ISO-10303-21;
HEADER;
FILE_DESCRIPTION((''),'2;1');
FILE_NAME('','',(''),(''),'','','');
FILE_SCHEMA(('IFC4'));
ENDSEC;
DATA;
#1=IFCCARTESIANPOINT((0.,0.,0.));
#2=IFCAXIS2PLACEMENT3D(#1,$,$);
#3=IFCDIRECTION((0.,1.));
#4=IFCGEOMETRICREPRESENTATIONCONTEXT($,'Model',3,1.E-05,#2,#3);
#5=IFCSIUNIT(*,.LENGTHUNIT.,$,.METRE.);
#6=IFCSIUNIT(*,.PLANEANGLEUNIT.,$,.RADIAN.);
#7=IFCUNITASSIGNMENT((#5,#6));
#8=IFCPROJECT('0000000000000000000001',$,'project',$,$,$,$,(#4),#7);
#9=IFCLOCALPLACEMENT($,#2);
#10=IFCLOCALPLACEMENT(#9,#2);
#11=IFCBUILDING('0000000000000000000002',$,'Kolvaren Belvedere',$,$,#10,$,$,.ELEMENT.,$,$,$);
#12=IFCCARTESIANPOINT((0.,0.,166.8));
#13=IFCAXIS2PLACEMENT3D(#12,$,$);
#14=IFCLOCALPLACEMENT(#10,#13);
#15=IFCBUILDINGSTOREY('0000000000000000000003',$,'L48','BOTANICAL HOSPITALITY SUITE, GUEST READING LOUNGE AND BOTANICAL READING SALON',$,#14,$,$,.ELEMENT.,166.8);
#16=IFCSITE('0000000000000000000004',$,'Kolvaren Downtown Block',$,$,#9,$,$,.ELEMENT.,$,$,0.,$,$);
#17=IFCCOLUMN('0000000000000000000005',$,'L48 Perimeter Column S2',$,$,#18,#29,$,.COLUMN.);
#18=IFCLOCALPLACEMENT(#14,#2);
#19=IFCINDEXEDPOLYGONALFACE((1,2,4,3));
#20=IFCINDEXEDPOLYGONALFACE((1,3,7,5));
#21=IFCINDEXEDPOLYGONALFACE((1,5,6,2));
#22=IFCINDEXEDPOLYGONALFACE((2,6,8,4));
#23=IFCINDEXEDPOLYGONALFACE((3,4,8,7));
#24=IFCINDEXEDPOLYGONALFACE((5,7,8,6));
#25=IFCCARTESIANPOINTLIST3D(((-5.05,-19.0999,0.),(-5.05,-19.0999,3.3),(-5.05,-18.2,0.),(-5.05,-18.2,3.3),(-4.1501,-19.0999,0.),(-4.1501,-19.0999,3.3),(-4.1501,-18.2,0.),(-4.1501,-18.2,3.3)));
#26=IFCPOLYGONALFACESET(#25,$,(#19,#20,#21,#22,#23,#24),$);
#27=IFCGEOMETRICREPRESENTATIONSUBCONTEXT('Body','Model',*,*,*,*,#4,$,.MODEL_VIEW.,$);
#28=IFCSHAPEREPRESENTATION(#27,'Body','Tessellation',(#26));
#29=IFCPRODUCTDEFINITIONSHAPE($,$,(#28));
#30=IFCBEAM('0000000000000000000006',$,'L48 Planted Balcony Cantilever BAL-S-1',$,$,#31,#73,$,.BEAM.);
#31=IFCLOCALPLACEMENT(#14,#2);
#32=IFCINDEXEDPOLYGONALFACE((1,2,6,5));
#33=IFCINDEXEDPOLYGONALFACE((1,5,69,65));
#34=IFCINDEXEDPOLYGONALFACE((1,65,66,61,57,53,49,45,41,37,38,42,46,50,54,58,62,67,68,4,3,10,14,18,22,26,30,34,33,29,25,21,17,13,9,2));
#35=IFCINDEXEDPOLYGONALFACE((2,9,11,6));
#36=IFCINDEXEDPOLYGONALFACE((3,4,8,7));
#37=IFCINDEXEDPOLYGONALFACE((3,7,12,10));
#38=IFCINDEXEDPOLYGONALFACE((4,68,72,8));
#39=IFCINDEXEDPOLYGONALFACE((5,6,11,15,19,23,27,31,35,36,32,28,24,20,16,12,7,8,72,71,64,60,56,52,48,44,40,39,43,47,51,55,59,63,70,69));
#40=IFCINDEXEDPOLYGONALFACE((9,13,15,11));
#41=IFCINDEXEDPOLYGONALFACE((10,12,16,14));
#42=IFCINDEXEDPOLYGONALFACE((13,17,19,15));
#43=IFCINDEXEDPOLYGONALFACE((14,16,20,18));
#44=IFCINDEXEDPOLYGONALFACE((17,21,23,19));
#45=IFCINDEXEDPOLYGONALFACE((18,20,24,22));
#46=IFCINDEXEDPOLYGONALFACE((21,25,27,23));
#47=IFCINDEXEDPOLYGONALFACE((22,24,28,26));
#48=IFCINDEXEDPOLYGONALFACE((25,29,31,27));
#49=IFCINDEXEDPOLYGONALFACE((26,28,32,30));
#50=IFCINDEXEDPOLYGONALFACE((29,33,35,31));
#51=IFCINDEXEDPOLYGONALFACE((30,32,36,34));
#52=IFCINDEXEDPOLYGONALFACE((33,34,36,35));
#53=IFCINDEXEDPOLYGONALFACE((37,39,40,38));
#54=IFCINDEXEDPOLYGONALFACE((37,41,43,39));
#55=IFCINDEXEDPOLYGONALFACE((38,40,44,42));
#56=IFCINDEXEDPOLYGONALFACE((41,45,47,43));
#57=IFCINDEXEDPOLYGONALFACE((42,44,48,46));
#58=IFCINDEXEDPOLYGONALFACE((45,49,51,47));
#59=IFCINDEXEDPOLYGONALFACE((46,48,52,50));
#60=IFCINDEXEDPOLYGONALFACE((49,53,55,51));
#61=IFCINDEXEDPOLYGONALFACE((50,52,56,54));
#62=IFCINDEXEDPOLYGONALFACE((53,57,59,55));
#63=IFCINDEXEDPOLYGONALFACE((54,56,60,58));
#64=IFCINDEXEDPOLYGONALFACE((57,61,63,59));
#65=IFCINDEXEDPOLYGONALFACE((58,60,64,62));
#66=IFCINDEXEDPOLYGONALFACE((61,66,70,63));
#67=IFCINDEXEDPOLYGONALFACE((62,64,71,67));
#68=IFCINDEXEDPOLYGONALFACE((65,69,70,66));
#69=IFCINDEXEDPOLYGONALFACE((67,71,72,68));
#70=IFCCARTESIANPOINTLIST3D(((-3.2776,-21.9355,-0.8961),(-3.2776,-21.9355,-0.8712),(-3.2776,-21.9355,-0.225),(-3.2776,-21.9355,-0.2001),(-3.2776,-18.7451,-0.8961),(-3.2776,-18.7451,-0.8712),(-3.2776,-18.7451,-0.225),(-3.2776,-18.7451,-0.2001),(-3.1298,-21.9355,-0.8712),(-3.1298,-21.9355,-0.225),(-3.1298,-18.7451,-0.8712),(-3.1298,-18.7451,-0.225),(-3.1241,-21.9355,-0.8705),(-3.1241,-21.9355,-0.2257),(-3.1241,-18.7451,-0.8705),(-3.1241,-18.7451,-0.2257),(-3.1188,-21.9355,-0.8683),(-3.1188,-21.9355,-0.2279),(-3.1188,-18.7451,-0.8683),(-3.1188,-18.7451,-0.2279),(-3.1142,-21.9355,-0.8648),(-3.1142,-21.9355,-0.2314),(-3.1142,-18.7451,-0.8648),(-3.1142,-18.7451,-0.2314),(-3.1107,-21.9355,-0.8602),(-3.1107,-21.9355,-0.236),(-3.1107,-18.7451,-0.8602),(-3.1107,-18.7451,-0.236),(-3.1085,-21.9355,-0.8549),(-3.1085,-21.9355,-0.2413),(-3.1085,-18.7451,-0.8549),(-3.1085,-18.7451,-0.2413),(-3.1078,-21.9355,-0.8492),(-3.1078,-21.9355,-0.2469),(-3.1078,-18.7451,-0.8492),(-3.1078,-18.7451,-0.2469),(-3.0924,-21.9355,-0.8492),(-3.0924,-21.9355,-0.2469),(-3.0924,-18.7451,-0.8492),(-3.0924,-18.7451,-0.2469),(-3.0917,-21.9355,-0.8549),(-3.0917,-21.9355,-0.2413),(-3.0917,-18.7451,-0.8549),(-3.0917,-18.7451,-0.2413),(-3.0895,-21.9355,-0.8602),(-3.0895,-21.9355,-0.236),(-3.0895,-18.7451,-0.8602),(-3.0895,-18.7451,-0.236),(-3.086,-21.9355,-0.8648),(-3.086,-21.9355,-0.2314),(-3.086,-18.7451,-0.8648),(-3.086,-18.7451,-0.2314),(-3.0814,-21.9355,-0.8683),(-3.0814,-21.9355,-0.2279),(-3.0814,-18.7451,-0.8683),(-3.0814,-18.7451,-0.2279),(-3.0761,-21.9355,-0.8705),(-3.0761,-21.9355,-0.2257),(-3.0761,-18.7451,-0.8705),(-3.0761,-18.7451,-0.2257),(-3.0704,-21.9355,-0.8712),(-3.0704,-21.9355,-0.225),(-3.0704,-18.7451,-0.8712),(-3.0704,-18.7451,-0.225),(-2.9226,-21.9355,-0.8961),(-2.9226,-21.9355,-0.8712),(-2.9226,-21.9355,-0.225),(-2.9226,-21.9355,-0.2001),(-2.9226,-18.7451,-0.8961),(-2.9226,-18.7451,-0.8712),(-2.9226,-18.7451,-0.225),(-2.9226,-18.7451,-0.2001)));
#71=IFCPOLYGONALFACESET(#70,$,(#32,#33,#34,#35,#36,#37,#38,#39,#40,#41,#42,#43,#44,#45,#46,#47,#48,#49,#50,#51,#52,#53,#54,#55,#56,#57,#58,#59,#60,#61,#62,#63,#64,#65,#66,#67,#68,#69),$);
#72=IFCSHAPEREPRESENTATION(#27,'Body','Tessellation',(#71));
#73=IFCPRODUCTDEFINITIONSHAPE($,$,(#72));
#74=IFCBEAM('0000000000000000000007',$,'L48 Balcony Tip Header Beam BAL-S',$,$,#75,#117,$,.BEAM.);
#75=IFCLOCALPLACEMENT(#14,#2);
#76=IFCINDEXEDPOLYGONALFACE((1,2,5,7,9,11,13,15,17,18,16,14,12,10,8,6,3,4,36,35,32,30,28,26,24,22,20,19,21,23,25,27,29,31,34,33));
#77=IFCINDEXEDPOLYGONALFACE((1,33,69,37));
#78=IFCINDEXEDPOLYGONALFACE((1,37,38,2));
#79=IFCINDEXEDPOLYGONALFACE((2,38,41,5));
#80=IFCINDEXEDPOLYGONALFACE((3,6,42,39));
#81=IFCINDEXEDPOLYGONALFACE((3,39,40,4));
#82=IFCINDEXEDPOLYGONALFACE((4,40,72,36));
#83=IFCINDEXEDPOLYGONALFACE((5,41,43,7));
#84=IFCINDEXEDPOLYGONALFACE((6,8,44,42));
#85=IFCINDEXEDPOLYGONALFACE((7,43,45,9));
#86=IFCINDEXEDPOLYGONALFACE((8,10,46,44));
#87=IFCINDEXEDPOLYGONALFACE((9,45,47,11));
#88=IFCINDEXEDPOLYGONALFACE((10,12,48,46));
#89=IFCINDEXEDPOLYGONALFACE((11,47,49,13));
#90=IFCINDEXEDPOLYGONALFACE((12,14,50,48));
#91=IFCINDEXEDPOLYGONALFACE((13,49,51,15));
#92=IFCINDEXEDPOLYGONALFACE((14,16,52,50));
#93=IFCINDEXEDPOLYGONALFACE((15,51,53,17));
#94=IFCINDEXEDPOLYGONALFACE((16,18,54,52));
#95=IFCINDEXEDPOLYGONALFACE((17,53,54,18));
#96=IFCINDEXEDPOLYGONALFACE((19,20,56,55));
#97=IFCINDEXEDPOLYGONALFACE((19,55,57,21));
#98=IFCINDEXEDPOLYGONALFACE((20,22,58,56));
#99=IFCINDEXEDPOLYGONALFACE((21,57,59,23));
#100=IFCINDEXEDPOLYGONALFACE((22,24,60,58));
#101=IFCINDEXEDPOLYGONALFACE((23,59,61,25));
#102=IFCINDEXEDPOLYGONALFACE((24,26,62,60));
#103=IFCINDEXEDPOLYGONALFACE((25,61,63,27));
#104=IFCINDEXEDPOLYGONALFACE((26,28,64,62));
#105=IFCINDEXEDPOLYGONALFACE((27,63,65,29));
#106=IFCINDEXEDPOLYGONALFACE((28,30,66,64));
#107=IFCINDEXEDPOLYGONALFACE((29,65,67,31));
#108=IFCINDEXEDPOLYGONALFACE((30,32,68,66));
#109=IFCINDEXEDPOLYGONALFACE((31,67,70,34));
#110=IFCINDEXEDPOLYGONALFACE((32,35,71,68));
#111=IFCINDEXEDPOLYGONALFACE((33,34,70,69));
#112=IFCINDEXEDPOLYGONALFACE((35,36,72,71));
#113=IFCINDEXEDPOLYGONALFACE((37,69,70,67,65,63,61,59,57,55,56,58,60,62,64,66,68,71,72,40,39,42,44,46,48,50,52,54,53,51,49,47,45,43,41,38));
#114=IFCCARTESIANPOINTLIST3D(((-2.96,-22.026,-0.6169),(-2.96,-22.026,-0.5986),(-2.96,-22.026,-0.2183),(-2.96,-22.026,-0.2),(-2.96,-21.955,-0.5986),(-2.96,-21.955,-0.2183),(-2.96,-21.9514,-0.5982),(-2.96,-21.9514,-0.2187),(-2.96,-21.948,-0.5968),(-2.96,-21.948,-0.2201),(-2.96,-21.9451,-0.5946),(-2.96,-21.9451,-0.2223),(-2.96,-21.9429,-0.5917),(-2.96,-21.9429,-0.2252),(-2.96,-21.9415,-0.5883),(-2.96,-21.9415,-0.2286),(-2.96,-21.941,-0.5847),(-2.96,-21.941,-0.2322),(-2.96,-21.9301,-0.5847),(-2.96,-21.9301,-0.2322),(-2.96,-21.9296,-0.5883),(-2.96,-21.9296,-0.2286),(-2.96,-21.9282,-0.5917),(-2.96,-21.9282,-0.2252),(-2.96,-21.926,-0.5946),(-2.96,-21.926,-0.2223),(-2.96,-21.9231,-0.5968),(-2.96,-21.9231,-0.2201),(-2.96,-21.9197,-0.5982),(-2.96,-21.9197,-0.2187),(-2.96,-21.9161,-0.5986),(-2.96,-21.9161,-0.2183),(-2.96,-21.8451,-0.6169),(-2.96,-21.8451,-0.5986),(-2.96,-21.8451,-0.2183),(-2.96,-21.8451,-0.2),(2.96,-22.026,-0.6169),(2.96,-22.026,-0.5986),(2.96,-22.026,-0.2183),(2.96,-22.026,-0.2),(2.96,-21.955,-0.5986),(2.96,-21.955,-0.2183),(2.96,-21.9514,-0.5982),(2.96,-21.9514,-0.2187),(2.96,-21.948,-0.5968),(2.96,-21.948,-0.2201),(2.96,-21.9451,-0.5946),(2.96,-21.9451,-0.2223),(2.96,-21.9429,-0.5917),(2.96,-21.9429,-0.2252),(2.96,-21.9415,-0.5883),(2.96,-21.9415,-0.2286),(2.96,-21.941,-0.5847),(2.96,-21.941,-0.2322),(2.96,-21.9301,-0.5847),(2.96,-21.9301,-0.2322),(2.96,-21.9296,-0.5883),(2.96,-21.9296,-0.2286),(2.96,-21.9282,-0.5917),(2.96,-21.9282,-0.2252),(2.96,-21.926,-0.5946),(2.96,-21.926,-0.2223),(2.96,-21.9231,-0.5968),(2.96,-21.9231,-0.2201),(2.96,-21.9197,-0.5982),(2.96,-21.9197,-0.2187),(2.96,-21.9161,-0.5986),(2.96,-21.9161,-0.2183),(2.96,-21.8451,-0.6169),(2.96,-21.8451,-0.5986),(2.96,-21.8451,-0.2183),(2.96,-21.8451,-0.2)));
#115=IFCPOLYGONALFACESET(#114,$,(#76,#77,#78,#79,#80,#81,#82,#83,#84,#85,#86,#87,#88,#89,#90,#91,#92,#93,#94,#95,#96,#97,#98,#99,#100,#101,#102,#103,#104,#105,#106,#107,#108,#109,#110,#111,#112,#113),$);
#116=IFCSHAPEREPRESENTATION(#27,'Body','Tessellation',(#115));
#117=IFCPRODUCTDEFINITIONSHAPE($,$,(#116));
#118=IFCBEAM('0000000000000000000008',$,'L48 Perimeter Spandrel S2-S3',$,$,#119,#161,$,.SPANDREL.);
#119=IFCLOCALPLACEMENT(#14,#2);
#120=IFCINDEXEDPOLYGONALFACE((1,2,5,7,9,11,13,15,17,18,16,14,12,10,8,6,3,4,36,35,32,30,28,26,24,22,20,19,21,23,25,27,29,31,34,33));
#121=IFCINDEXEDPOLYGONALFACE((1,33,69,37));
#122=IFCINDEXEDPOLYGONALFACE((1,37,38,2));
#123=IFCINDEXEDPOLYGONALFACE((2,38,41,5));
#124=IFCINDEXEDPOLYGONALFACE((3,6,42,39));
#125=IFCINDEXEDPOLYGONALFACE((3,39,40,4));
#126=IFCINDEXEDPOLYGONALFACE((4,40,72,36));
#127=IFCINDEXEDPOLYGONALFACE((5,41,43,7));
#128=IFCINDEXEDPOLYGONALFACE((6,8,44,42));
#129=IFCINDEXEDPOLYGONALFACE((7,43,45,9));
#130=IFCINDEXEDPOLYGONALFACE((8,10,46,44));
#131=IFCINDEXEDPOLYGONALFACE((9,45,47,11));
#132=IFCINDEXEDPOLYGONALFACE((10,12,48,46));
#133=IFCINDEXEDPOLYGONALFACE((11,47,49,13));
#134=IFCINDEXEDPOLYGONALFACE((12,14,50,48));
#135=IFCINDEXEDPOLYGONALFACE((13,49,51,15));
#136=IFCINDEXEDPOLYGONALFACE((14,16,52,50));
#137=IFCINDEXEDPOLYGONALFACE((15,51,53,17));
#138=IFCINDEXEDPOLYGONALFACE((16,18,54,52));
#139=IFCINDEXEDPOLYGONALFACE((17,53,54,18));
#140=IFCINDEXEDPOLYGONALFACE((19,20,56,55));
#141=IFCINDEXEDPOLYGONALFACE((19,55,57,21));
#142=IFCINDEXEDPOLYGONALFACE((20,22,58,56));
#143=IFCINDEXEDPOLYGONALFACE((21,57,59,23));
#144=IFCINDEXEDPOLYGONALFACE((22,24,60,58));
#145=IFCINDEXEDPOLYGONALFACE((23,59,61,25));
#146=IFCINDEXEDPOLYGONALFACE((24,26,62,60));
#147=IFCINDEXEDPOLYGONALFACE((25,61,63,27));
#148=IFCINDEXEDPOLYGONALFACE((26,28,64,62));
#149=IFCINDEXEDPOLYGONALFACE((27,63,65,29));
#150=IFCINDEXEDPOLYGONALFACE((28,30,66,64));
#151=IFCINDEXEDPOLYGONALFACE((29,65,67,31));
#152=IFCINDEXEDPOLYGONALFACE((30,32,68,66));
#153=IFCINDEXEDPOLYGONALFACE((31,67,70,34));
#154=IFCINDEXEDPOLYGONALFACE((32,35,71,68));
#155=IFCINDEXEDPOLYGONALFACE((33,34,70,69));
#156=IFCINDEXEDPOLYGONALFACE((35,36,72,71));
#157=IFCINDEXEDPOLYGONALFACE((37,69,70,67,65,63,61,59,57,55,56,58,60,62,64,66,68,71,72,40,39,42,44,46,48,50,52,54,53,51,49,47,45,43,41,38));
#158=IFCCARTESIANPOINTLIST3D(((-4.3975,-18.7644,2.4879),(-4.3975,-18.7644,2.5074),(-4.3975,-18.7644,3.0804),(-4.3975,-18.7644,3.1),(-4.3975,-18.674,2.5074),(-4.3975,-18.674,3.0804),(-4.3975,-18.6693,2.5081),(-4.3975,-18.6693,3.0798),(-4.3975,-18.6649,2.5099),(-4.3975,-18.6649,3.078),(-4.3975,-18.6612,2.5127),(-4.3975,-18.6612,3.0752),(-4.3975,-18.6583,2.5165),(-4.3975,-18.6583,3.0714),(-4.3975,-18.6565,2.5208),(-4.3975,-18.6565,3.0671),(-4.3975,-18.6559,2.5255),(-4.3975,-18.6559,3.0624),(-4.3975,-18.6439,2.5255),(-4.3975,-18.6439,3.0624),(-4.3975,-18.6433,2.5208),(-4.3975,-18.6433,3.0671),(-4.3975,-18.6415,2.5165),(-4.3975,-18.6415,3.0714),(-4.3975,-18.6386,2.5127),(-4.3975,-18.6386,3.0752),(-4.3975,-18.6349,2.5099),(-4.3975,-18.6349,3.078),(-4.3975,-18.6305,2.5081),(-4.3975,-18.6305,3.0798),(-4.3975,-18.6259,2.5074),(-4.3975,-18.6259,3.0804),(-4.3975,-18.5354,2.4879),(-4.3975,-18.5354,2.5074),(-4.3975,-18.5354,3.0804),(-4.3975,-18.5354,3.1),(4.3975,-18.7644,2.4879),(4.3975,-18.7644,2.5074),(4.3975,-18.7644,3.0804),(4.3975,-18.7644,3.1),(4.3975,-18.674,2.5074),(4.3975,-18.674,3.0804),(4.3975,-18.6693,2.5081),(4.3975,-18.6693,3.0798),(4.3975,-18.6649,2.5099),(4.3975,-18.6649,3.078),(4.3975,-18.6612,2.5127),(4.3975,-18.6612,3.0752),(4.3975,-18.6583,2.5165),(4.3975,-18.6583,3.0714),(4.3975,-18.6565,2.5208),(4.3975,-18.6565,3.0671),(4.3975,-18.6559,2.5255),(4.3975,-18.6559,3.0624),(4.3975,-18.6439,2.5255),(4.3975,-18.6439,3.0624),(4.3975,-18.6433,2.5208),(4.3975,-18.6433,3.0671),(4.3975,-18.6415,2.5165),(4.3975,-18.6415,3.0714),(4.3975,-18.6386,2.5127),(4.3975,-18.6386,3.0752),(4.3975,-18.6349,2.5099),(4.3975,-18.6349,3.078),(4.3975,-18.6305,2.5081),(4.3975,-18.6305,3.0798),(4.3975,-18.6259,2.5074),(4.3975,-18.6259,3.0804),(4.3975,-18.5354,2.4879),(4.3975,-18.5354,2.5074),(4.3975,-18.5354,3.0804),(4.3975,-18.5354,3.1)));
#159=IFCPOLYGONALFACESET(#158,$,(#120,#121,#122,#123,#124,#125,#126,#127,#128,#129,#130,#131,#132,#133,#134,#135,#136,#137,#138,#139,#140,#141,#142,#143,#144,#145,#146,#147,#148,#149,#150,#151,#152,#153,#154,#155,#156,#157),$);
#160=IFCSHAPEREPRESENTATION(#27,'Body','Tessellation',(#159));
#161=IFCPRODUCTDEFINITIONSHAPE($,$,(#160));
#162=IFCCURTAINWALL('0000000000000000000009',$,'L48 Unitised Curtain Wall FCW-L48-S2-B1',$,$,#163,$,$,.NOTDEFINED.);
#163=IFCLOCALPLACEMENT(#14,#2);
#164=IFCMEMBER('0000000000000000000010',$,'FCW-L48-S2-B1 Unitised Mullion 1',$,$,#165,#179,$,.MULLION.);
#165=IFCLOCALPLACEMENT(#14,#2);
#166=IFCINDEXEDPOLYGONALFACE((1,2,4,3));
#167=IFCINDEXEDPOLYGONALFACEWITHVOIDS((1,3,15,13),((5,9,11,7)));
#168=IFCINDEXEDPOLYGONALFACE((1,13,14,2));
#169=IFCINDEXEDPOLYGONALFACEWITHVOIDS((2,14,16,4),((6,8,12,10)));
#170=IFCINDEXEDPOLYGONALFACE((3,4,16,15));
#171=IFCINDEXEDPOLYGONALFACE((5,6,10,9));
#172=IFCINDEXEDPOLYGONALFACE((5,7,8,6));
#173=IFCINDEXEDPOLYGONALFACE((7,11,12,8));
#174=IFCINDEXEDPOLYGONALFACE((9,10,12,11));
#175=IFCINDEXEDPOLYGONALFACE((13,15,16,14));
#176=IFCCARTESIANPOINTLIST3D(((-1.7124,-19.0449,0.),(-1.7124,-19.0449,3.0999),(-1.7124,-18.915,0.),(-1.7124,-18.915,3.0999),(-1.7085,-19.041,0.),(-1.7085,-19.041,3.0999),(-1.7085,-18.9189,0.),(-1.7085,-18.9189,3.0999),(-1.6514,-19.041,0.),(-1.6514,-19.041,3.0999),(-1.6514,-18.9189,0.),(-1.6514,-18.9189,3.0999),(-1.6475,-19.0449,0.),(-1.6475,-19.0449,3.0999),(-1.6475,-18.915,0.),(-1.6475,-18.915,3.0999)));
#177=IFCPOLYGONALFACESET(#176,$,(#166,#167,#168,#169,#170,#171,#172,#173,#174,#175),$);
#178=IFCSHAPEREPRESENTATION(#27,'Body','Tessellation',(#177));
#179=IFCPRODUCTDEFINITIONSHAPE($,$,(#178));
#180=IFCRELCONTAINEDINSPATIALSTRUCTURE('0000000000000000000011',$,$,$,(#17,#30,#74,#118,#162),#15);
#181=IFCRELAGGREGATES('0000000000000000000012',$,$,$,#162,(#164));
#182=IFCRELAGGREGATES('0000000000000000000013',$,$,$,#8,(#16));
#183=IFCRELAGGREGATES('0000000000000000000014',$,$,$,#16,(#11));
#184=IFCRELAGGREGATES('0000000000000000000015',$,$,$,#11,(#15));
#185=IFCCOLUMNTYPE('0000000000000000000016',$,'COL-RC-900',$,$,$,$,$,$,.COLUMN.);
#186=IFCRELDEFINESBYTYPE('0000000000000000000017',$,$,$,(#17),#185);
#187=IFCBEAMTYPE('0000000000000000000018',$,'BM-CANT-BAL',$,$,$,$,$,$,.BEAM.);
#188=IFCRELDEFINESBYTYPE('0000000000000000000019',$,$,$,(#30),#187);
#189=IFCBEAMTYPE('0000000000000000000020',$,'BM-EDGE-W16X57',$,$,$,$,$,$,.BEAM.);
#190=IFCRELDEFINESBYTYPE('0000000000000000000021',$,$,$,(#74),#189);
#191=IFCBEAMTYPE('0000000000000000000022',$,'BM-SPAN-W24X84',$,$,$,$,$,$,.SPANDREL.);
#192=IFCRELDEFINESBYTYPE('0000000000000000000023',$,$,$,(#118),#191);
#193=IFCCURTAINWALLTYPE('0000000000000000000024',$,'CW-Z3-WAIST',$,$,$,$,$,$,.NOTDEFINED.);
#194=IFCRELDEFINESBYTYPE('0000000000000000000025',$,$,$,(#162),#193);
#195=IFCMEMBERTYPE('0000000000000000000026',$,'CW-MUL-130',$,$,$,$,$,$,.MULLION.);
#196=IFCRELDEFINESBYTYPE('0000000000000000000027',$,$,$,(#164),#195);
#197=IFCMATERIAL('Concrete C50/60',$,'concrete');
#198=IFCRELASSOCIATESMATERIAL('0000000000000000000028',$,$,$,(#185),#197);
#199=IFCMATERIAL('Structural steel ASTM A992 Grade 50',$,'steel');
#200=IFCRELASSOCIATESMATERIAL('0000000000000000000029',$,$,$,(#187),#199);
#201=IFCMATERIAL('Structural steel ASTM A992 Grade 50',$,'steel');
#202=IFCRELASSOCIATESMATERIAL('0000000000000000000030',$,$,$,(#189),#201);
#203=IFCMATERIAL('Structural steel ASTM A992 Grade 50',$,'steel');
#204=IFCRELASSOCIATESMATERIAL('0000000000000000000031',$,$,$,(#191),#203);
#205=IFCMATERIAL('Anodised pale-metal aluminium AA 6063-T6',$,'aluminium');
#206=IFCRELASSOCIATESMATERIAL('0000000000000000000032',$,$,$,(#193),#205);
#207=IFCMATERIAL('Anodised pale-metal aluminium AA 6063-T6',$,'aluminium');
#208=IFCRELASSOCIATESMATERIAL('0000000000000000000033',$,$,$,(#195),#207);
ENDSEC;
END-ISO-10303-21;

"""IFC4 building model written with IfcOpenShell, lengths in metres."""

from ifc_helpers import new_model, si_unit, direction, frame, origin, origin_2d, place, context, subcontext, project, spatial, rectangle, hollow_rectangle, i_section, extrude, material, material_profile, profile_set, type_object, element, aggregate, save


model = new_model("IFC4")

# Units and contexts
model_context = context("Model", 3, precision=1e-05, world=origin(), true_north=direction((0.0, 1.0)))
body_context = subcontext(model_context, "Body", "Model", "MODEL_VIEW")
ifc_project = project(units=[si_unit("LENGTHUNIT", "METRE"), si_unit("PLANEANGLEUNIT", "RADIAN")], contexts=[model_context])

# Site, building, storey
site_placement = place(None, origin())
site = spatial("IfcSite", under=ifc_project, at=site_placement, Name="Kolvaren Downtown Block", CompositionType="ELEMENT", RefElevation=0.0)
building_placement = place(site_placement, origin())
building = spatial("IfcBuilding", under=site, at=building_placement, Name="Kolvaren Belvedere", CompositionType="ELEMENT")
storey_placement = place(building_placement, frame((0.0, 0.0, 166.8)))
storey = spatial("IfcBuildingStorey", under=building, at=storey_placement, Name="L48", Description="BOTANICAL HOSPITALITY SUITE, GUEST READING LOUNGE AND BOTANICAL READING SALON", CompositionType="ELEMENT", Elevation=166.8)

# Column
ifc_material_1 = material(Name="Concrete C50/60", Category="concrete")
ifc_material_profile_1 = material_profile(ifc_material_1, rectangle(XDim=0.8999, YDim=0.8999, at=origin_2d()), Name="RC 900X900")
ifc_profile_set_1 = profile_set([ifc_material_profile_1], Name="Concrete C50/60")
column_type = type_object("IfcColumnType", Name="COL-RC-900", PredefinedType="COLUMN", material=ifc_profile_set_1)
column_placement = place(storey_placement, frame((-4.6001, -18.6499, 0.0), z_axis=(0.0, 0.0, 1.0), x_axis=(1.0, 0.0, 0.0)))
element("IfcColumn", 1, at=column_placement, inside=storey, type_object=column_type, Name="L48 Perimeter Column S2", PredefinedType="COLUMN", context=body_context, shape_type="SweptSolid", body=[
    extrude(rectangle(XDim=0.8999, YDim=0.8999, at=origin_2d()), origin(), (0.0, 0.0, 1.0), 3.3),
])

# Beams
ifc_material_2 = material(Name="Structural steel ASTM A992 Grade 50", Category="steel")
ifc_material_profile_2 = material_profile(ifc_material_2, i_section(OverallWidth=0.355, OverallDepth=0.696, WebThickness=0.0154, FlangeThickness=0.0249, FilletRadius=0.022, at=origin_2d()), Name="W27X146")
ifc_profile_set_2 = profile_set([ifc_material_profile_2], Name="Structural steel ASTM A992 Grade 50")
beam_type_1 = type_object("IfcBeamType", Name="BM-CANT-BAL", PredefinedType="BEAM", material=ifc_profile_set_2)
beam_1_placement = place(storey_placement, frame((-3.1001, -18.7451, -0.5481), z_axis=(0.0, -1.0, 0.0), x_axis=(1.0, 0.0, 0.0)))
element("IfcBeam", 2, at=beam_1_placement, inside=storey, type_object=beam_type_1, Name="L48 Planted Balcony Cantilever BAL-S-1", PredefinedType="BEAM", context=body_context, shape_type="SweptSolid", body=[
    extrude(i_section(OverallWidth=0.355, OverallDepth=0.696, WebThickness=0.0154, FlangeThickness=0.0249, FilletRadius=0.022, at=origin_2d()), origin(), (0.0, 0.0, 1.0), 3.1904),
])
ifc_material_3 = material(Name="Structural steel ASTM A992 Grade 50", Category="steel")
ifc_material_profile_3 = material_profile(ifc_material_3, i_section(OverallWidth=0.1809, OverallDepth=0.417, WebThickness=0.011, FlangeThickness=0.0183, FilletRadius=0.0139, at=origin_2d()), Name="W16X57")
ifc_profile_set_3 = profile_set([ifc_material_profile_3], Name="Structural steel ASTM A992 Grade 50")
beam_type_2 = type_object("IfcBeamType", Name="BM-EDGE-W16X57", PredefinedType="BEAM", material=ifc_profile_set_3)
beam_2_placement = place(storey_placement, frame((-2.96, -21.9355, -0.4084), z_axis=(1.0, 0.0, 0.0), x_axis=(0.0, 1.0, 0.0)))
element("IfcBeam", 3, at=beam_2_placement, inside=storey, type_object=beam_type_2, Name="L48 Balcony Tip Header Beam BAL-S", PredefinedType="BEAM", context=body_context, shape_type="SweptSolid", body=[
    extrude(i_section(OverallWidth=0.1809, OverallDepth=0.417, WebThickness=0.011, FlangeThickness=0.0183, FilletRadius=0.0139, at=origin_2d()), origin(), (0.0, 0.0, 1.0), 5.9199),
])
ifc_material_4 = material(Name="Structural steel ASTM A992 Grade 50", Category="steel")
ifc_material_profile_4 = material_profile(ifc_material_4, i_section(OverallWidth=0.229, OverallDepth=0.6121, WebThickness=0.012, FlangeThickness=0.0195, FilletRadius=0.0181, at=origin_2d()), Name="W24X84")
ifc_profile_set_4 = profile_set([ifc_material_profile_4], Name="Structural steel ASTM A992 Grade 50")
beam_type_3 = type_object("IfcBeamType", Name="BM-SPAN-W24X84", PredefinedType="SPANDREL", material=ifc_profile_set_4)
beam_3_placement = place(storey_placement, frame((-4.3975, -18.6499, 2.7939), z_axis=(1.0, 0.0, 0.0), x_axis=(0.0, 1.0, 0.0)))
element("IfcBeam", 4, at=beam_3_placement, inside=storey, type_object=beam_type_3, Name="L48 Perimeter Spandrel S2-S3", PredefinedType="SPANDREL", context=body_context, shape_type="SweptSolid", body=[
    extrude(i_section(OverallWidth=0.229, OverallDepth=0.6121, WebThickness=0.012, FlangeThickness=0.0195, FilletRadius=0.0181, at=origin_2d()), origin(), (0.0, 0.0, 1.0), 8.7949),
])

# Curtain wall, member
ifc_material_5 = material(Name="Anodised pale-metal aluminium AA 6063-T6", Category="aluminium")
curtain_wall_type = type_object("IfcCurtainWallType", Name="CW-Z3-WAIST", PredefinedType="NOTDEFINED", material=ifc_material_5)
curtain_wall_1_placement = place(storey_placement, origin())
curtain_wall_1 = element("IfcCurtainWall", 5, at=curtain_wall_1_placement, inside=storey, type_object=curtain_wall_type, Name="L48 Unitised Curtain Wall FCW-L48-S2-B1", PredefinedType="NOTDEFINED")
ifc_material_6 = material(Name="Anodised pale-metal aluminium AA 6063-T6", Category="aluminium")
ifc_material_profile_5 = material_profile(ifc_material_6, hollow_rectangle(XDim=0.0649, YDim=0.1299, WallThickness=0.0039, at=origin_2d()), Name="ALU-MUL-130X65")
ifc_profile_set_5 = profile_set([ifc_material_profile_5], Name="Anodised pale-metal aluminium AA 6063-T6")
member_type_1 = type_object("IfcMemberType", Name="CW-MUL-130", PredefinedType="MULLION", material=ifc_profile_set_5)
member_1_placement = place(storey_placement, frame((-1.6799, -18.98, 0.0), z_axis=(0.0, 0.0, 1.0), x_axis=(1.0, 0.0, 0.0)))
member_1 = element("IfcMember", 6, at=member_1_placement, type_object=member_type_1, Name="FCW-L48-S2-B1 Unitised Mullion 1", PredefinedType="MULLION", context=body_context, shape_type="SweptSolid", body=[
    extrude(hollow_rectangle(XDim=0.0649, YDim=0.1299, WallThickness=0.0039, at=origin_2d()), origin(), (0.0, 0.0, 1.0), 3.0999),
])

aggregate(curtain_wall_1, [member_1])

save(model, "model.ifc")
